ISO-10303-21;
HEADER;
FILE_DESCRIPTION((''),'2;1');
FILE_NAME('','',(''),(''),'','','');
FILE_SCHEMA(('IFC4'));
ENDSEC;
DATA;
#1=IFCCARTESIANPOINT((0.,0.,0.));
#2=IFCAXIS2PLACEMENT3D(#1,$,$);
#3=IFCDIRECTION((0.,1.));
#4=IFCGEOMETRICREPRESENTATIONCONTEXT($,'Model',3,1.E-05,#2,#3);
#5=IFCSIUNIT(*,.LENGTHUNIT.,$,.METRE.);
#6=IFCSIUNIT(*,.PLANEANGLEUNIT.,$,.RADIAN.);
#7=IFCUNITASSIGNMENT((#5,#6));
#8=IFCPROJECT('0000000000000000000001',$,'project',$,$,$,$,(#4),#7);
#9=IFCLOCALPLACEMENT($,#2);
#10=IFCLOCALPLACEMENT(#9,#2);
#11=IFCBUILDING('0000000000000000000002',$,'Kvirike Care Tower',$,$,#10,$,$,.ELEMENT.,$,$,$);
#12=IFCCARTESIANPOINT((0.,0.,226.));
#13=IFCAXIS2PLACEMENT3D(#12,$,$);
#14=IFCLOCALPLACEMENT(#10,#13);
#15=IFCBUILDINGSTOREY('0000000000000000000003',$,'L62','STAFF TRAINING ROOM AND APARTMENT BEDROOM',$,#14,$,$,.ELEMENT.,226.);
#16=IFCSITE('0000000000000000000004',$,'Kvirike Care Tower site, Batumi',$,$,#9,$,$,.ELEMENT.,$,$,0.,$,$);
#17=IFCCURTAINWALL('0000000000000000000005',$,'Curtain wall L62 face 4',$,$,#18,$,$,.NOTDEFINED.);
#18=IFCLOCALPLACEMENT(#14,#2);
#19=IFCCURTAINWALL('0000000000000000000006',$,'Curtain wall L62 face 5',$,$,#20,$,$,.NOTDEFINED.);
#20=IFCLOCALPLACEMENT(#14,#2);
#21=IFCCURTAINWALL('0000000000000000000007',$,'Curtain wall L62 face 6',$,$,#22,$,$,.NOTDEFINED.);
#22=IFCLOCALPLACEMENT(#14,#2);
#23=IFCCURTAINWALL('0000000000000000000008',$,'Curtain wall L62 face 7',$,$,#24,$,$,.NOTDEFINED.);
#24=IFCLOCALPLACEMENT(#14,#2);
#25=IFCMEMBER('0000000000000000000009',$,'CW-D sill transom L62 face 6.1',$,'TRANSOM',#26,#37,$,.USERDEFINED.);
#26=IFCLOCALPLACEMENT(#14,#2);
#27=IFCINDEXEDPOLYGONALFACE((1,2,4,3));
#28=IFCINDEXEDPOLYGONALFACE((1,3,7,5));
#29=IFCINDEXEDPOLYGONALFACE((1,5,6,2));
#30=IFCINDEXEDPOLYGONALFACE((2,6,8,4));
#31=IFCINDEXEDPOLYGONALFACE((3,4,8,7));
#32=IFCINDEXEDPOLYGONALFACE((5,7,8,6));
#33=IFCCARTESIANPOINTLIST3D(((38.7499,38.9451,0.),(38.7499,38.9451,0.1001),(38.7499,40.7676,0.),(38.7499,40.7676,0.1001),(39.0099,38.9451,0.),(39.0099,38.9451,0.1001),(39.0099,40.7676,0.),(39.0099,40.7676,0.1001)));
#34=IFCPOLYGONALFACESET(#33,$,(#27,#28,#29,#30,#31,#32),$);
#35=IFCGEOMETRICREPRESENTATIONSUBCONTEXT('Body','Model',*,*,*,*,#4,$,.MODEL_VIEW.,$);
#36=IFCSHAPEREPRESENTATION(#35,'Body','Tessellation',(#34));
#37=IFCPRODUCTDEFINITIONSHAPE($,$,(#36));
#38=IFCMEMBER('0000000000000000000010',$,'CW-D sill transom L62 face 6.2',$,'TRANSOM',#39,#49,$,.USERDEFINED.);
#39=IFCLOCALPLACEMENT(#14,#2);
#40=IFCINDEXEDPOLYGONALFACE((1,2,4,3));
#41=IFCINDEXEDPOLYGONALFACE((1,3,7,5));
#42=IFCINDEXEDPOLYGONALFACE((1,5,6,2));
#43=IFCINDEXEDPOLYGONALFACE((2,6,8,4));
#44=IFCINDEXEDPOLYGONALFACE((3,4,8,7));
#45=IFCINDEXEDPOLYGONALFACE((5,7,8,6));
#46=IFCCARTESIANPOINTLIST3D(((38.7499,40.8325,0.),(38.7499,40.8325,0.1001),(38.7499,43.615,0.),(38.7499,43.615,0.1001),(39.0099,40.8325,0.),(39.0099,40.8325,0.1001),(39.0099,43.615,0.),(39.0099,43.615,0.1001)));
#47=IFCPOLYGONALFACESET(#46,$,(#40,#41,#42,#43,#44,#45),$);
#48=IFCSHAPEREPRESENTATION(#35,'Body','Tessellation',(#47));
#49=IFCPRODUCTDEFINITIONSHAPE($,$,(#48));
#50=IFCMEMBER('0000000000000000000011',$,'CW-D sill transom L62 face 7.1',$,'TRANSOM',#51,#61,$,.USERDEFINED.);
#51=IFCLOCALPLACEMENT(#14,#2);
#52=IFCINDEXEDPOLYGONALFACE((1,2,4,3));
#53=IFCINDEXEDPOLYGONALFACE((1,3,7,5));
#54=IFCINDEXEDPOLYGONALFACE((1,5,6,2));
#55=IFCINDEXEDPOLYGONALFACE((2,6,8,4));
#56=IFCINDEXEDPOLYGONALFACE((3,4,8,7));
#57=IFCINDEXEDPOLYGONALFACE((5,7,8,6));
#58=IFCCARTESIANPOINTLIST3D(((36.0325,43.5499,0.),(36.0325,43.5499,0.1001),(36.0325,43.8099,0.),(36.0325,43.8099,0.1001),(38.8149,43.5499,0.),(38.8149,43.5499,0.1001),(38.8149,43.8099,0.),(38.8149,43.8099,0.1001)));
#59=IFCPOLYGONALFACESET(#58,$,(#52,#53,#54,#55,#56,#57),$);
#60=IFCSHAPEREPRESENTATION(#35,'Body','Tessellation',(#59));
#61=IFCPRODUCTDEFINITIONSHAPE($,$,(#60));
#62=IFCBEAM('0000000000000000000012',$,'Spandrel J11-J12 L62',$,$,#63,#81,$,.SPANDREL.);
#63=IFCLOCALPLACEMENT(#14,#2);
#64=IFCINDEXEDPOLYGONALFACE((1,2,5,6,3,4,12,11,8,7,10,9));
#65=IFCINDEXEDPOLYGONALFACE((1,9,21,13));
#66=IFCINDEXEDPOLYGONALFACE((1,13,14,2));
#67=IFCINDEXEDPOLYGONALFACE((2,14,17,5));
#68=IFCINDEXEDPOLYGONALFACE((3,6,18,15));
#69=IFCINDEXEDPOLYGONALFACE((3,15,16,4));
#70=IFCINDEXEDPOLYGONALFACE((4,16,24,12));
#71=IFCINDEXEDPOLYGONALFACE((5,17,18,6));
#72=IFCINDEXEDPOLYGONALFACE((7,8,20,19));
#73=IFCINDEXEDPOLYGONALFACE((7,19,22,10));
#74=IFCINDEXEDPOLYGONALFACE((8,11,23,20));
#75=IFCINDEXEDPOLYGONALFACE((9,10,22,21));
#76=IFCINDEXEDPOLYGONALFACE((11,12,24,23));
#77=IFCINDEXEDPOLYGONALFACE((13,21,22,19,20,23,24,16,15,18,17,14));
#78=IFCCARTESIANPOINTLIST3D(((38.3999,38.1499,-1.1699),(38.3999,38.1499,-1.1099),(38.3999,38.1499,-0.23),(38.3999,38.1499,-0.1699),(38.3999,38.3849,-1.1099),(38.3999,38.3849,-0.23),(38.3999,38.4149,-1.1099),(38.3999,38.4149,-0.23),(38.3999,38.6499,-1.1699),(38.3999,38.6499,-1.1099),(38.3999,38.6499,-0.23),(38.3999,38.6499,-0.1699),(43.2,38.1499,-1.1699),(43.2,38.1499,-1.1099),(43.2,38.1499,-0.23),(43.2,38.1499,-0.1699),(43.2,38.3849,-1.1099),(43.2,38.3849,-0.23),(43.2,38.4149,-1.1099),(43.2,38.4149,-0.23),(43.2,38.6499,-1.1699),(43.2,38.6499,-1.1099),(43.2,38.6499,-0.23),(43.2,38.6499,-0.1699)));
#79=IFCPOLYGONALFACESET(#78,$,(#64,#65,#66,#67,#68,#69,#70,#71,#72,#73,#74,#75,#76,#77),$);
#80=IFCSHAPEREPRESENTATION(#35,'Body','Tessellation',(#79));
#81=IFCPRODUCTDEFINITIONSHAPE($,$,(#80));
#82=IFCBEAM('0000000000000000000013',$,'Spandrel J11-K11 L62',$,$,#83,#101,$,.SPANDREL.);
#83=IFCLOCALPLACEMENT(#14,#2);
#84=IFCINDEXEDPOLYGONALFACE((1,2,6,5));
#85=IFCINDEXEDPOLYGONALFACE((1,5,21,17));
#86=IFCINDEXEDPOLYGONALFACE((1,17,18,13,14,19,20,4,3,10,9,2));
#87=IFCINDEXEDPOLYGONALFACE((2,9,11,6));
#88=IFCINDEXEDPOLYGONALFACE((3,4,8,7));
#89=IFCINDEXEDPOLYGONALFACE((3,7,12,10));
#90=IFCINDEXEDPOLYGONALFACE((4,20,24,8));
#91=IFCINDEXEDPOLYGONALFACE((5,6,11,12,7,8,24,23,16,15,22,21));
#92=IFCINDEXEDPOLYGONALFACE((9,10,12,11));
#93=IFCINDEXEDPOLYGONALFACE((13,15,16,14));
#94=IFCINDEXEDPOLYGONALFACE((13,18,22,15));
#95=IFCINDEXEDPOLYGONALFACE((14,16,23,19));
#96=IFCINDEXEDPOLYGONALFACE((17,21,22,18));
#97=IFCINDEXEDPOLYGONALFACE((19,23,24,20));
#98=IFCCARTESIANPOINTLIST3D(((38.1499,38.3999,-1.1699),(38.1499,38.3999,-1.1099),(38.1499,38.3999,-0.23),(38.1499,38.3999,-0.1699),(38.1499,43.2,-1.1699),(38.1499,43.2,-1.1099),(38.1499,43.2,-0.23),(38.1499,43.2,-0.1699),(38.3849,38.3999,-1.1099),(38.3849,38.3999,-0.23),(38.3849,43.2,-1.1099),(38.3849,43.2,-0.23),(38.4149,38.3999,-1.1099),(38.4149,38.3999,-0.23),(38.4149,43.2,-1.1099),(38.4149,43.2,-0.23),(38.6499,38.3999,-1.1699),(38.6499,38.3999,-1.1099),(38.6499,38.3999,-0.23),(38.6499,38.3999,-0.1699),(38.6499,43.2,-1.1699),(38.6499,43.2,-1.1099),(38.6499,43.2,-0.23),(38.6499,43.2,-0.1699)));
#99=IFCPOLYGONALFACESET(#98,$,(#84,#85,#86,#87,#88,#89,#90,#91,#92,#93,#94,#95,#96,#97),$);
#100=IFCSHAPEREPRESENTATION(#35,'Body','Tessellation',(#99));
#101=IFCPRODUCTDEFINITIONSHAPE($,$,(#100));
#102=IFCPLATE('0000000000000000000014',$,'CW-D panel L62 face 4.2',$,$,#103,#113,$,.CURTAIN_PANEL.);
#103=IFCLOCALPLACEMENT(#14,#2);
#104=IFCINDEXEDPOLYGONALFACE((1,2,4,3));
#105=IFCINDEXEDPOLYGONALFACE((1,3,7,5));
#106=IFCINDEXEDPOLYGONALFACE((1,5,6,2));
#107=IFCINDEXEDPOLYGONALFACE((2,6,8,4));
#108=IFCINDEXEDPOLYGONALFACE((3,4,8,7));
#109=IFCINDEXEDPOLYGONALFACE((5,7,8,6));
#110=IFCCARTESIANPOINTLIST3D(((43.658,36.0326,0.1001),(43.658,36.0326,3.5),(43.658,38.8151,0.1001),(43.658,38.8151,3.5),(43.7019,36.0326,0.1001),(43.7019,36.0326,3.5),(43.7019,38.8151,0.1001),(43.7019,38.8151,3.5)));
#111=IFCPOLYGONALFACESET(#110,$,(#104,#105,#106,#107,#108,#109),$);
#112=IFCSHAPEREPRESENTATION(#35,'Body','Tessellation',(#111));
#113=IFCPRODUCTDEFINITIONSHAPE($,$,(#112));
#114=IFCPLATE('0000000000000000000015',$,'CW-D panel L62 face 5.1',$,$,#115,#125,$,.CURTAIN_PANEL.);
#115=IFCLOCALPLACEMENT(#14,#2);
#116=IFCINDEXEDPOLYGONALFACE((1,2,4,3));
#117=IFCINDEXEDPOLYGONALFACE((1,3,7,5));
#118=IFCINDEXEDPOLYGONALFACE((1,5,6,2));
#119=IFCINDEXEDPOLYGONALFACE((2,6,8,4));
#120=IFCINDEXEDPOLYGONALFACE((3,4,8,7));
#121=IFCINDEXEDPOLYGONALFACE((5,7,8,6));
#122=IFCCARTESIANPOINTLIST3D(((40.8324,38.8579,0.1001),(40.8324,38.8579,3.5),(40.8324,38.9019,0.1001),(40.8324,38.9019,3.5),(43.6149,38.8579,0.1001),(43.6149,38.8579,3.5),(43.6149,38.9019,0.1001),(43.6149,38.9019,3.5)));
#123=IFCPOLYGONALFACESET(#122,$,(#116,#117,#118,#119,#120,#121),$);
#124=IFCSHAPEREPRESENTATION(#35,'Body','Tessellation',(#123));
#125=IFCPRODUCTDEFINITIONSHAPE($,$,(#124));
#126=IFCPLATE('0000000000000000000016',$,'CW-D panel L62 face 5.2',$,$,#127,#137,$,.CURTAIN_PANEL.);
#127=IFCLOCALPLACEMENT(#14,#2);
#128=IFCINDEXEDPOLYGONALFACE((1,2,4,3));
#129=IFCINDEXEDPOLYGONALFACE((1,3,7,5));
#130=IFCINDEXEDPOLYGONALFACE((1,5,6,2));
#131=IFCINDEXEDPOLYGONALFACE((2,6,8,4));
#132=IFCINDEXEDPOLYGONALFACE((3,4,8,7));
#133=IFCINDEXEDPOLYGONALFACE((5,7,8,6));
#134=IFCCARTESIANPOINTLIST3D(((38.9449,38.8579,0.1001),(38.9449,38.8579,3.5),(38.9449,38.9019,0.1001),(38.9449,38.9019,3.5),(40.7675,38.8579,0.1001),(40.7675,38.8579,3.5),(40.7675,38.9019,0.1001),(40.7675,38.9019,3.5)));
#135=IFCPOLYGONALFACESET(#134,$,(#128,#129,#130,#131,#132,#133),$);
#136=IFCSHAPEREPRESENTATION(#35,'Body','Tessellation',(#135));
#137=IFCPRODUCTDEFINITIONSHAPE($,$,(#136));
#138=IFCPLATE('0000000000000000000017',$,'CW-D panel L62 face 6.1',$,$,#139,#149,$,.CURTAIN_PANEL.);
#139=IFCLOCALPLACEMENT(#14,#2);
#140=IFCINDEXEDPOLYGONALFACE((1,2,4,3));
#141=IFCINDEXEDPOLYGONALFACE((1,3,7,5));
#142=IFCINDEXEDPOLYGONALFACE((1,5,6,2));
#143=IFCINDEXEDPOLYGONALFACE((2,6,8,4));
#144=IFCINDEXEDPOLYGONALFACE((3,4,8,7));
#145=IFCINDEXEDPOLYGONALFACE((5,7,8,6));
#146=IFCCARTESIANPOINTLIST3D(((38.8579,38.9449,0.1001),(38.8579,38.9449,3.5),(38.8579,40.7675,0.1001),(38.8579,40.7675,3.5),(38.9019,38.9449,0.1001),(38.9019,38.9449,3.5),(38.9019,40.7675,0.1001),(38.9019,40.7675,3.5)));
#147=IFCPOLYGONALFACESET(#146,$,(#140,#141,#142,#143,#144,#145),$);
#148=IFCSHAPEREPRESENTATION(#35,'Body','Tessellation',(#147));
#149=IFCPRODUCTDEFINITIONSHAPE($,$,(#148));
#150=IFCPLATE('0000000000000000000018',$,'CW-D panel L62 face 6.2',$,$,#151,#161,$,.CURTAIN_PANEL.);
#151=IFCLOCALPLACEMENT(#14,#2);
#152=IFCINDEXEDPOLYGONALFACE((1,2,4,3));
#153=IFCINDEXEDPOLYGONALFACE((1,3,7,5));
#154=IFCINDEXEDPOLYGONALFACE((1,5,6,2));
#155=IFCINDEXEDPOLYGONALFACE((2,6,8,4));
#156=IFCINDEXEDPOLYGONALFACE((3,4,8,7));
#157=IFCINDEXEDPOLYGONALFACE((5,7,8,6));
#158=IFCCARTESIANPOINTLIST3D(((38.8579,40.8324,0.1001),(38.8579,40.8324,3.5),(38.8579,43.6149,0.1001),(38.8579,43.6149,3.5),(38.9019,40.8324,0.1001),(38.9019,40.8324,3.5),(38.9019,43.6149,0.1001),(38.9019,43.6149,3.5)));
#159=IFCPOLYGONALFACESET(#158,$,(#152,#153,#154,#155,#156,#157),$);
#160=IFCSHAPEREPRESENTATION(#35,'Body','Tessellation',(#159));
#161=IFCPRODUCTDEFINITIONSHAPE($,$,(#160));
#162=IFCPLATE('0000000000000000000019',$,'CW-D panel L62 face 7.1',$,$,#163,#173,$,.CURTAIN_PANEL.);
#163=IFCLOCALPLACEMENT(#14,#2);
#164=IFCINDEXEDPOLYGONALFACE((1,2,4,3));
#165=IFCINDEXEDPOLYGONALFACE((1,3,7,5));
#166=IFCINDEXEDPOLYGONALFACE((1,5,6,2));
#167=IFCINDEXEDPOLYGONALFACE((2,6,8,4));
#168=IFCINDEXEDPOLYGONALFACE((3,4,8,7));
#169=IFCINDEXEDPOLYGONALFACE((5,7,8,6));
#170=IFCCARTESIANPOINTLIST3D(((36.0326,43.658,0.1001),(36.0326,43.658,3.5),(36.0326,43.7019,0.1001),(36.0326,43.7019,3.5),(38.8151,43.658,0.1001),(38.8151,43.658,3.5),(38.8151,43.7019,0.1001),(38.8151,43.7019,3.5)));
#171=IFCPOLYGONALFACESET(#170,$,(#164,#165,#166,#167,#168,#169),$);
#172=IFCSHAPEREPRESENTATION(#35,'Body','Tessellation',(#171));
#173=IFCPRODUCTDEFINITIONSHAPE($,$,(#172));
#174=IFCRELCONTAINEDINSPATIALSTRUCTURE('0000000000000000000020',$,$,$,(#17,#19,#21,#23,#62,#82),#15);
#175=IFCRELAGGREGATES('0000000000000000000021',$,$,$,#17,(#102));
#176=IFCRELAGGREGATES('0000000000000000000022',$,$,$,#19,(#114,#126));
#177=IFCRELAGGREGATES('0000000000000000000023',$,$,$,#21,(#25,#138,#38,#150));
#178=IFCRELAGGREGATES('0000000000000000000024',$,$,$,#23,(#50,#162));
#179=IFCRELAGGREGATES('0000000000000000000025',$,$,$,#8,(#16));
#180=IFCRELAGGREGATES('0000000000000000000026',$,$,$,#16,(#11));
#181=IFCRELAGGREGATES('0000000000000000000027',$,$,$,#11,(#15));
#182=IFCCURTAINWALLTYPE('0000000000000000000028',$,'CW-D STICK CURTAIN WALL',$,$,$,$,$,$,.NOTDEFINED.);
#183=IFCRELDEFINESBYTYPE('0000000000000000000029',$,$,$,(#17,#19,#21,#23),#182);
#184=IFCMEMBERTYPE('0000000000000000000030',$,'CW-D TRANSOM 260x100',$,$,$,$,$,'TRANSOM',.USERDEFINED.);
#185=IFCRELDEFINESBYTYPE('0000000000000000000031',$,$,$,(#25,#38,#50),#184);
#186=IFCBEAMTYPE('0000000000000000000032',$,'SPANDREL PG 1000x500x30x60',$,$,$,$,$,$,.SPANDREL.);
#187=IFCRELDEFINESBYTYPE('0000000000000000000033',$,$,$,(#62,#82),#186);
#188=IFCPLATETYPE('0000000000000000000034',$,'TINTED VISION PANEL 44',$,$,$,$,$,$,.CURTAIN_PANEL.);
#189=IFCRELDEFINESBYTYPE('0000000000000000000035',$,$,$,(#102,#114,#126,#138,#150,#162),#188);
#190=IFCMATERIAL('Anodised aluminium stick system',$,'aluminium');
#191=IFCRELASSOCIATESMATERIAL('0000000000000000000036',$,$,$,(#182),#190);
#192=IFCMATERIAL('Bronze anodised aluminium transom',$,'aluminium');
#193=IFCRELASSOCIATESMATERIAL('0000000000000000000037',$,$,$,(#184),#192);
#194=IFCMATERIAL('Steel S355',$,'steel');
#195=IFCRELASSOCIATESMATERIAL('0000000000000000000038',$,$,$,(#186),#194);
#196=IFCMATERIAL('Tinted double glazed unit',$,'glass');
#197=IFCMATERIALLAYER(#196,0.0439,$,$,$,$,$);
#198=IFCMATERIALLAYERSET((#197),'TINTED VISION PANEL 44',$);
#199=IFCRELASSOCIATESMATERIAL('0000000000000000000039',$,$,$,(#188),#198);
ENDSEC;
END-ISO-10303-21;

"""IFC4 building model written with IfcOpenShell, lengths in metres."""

from ifc_helpers import new_model, si_unit, direction, frame, origin, origin_2d, place, context, subcontext, project, spatial, rectangle, i_section, extrude, material, layer, layer_set, material_profile, profile_set, type_object, element, aggregate, save


model = new_model("IFC4")

# Units and contexts
model_context = context("Model", 3, precision=1e-05, world=origin(), true_north=direction((0.0, 1.0)))
body_context = subcontext(model_context, "Body", "Model", "MODEL_VIEW")
ifc_project = project(units=[si_unit("LENGTHUNIT", "METRE"), si_unit("PLANEANGLEUNIT", "RADIAN")], contexts=[model_context])

# Site, building, storey
site_placement = place(None, origin())
site = spatial("IfcSite", under=ifc_project, at=site_placement, Name="Kvirike Care Tower site, Batumi", CompositionType="ELEMENT", RefElevation=0.0)
building_placement = place(site_placement, origin())
building = spatial("IfcBuilding", under=site, at=building_placement, Name="Kvirike Care Tower", CompositionType="ELEMENT")
storey_placement = place(building_placement, frame((0.0, 0.0, 226.0)))
storey = spatial("IfcBuildingStorey", under=building, at=storey_placement, Name="L62", Description="STAFF TRAINING ROOM AND APARTMENT BEDROOM", CompositionType="ELEMENT", Elevation=226.0)

# Curtain wall
ifc_material_1 = material(Name="Anodised aluminium stick system", Category="aluminium")
curtain_wall_type = type_object("IfcCurtainWallType", Name="CW-D STICK CURTAIN WALL", PredefinedType="NOTDEFINED", material=ifc_material_1)
curtain_wall_1_placement = place(storey_placement, origin())
curtain_wall_1 = element("IfcCurtainWall", 1, at=curtain_wall_1_placement, inside=storey, type_object=curtain_wall_type, Name="Curtain wall L62 face 4", PredefinedType="NOTDEFINED")

# Curtain walls
curtain_wall_2_placement = place(storey_placement, origin())
curtain_wall_2 = element("IfcCurtainWall", 2, at=curtain_wall_2_placement, inside=storey, type_object=curtain_wall_type, Name="Curtain wall L62 face 5", PredefinedType="NOTDEFINED")
curtain_wall_3_placement = place(storey_placement, origin())
curtain_wall_3 = element("IfcCurtainWall", 3, at=curtain_wall_3_placement, inside=storey, type_object=curtain_wall_type, Name="Curtain wall L62 face 6", PredefinedType="NOTDEFINED")
curtain_wall_4_placement = place(storey_placement, origin())
curtain_wall_4 = element("IfcCurtainWall", 4, at=curtain_wall_4_placement, inside=storey, type_object=curtain_wall_type, Name="Curtain wall L62 face 7", PredefinedType="NOTDEFINED")

# Members
ifc_material_2 = material(Name="Bronze anodised aluminium transom", Category="aluminium")
ifc_material_profile_1 = material_profile(ifc_material_2, rectangle(XDim=0.26, YDim=0.1001, at=origin_2d()), Name="CW-D TRANSOM 260x100")
ifc_profile_set_1 = profile_set([ifc_material_profile_1], Name="Bronze anodised aluminium transom")
member_type_1 = type_object("IfcMemberType", Name="CW-D TRANSOM 260x100", ElementType="TRANSOM", PredefinedType="USERDEFINED", material=ifc_profile_set_1)
member_1_placement = place(storey_placement, frame((38.8799, 38.9451, 0.05), z_axis=(0.0, 1.0, 0.0), x_axis=(-1.0, 0.0, 0.0)))
member_1 = element("IfcMember", 5, at=member_1_placement, type_object=member_type_1, Name="CW-D sill transom L62 face 6.1", ObjectType="TRANSOM", PredefinedType="USERDEFINED", context=body_context, shape_type="SweptSolid", body=[
    extrude(rectangle(XDim=0.26, YDim=0.1001, at=origin_2d()), origin(), (0.0, 0.0, 1.0), 1.8225),
])
member_2_placement = place(storey_placement, frame((38.8799, 40.8325, 0.05), z_axis=(0.0, 1.0, 0.0), x_axis=(-1.0, 0.0, 0.0)))
member_2 = element("IfcMember", 6, at=member_2_placement, type_object=member_type_1, Name="CW-D sill transom L62 face 6.2", ObjectType="TRANSOM", PredefinedType="USERDEFINED", context=body_context, shape_type="SweptSolid", body=[
    extrude(rectangle(XDim=0.26, YDim=0.1001, at=origin_2d()), origin(), (0.0, 0.0, 1.0), 2.7825),
])
member_3_placement = place(storey_placement, frame((38.8149, 43.6799, 0.05), z_axis=(-1.0, 0.0, 0.0), x_axis=(0.0, -1.0, 0.0)))
member_3 = element("IfcMember", 7, at=member_3_placement, type_object=member_type_1, Name="CW-D sill transom L62 face 7.1", ObjectType="TRANSOM", PredefinedType="USERDEFINED", context=body_context, shape_type="SweptSolid", body=[
    extrude(rectangle(XDim=0.26, YDim=0.1001, at=origin_2d()), origin(), (0.0, 0.0, 1.0), 2.7825),
])

# Beams
ifc_material_3 = material(Name="Steel S355", Category="steel")
ifc_material_profile_2 = material_profile(ifc_material_3, i_section(OverallWidth=0.5, OverallDepth=1.0, WebThickness=0.03, FlangeThickness=0.0601, at=origin_2d()), Name="PG 1000x500x30x60")
ifc_profile_set_2 = profile_set([ifc_material_profile_2], Name="Steel S355")
beam_type = type_object("IfcBeamType", Name="SPANDREL PG 1000x500x30x60", PredefinedType="SPANDREL", material=ifc_profile_set_2)
for number, where, z_axis, x_axis, name in (
    (8, (38.3999, 38.3999, -0.6699), (1.0, 0.0, 0.0), (0.0, 1.0, 0.0), "Spandrel J11-J12 L62"),
    (9, (38.3999, 38.3999, -0.6699), (0.0, 1.0, 0.0), (-1.0, 0.0, 0.0), "Spandrel J11-K11 L62"),
):
    element("IfcBeam", number, at=place(storey_placement, frame(where, z_axis=z_axis, x_axis=x_axis)), inside=storey, type_object=beam_type, Name=name, PredefinedType="SPANDREL", context=body_context, shape_type="SweptSolid", body=[
        extrude(i_section(OverallWidth=0.5, OverallDepth=1.0, WebThickness=0.03, FlangeThickness=0.0601, at=origin_2d()), origin(), (0.0, 0.0, 1.0), 4.8),
    ])

# Plates
ifc_material_4 = material(Name="Tinted double glazed unit", Category="glass")
ifc_layer_1 = layer(ifc_material_4, 0.0439)
ifc_layer_set_1 = layer_set([ifc_layer_1], Name="TINTED VISION PANEL 44")
plate_type = type_object("IfcPlateType", Name="TINTED VISION PANEL 44", PredefinedType="CURTAIN_PANEL", material=ifc_layer_set_1)
plate_1_placement = place(storey_placement, frame((43.6799, 37.4238, 0.1001), z_axis=(0.0, 0.0, 1.0), x_axis=(0.0, 1.0, 0.0)))
plate_1 = element("IfcPlate", 10, at=plate_1_placement, type_object=plate_type, Name="CW-D panel L62 face 4.2", PredefinedType="CURTAIN_PANEL", context=body_context, shape_type="SweptSolid", body=[
    extrude(rectangle(XDim=2.7825, YDim=0.0439, at=origin_2d()), origin(), (0.0, 0.0, 1.0), 3.3999),
])
aggregate(curtain_wall_1, [plate_1])
plate_2_placement = place(storey_placement, frame((42.2236, 38.8799, 0.1001), z_axis=(0.0, 0.0, 1.0), x_axis=(-1.0, 0.0, 0.0)))
plate_2 = element("IfcPlate", 11, at=plate_2_placement, type_object=plate_type, Name="CW-D panel L62 face 5.1", PredefinedType="CURTAIN_PANEL", context=body_context, shape_type="SweptSolid", body=[
    extrude(rectangle(XDim=2.7825, YDim=0.0439, at=origin_2d()), origin(), (0.0, 0.0, 1.0), 3.3999),
])
plate_3_placement = place(storey_placement, frame((39.8562, 38.8799, 0.1001), z_axis=(0.0, 0.0, 1.0), x_axis=(-1.0, 0.0, 0.0)))
plate_3 = element("IfcPlate", 12, at=plate_3_placement, type_object=plate_type, Name="CW-D panel L62 face 5.2", PredefinedType="CURTAIN_PANEL", context=body_context, shape_type="SweptSolid", body=[
    extrude(rectangle(XDim=1.8225, YDim=0.0439, at=origin_2d()), origin(), (0.0, 0.0, 1.0), 3.3999),
])
aggregate(curtain_wall_2, [plate_2, plate_3])
plate_4_placement = place(storey_placement, frame((38.8799, 39.8562, 0.1001), z_axis=(0.0, 0.0, 1.0), x_axis=(0.0, 1.0, 0.0)))
plate_4 = element("IfcPlate", 13, at=plate_4_placement, type_object=plate_type, Name="CW-D panel L62 face 6.1", PredefinedType="CURTAIN_PANEL", context=body_context, shape_type="SweptSolid", body=[
    extrude(rectangle(XDim=1.8225, YDim=0.0439, at=origin_2d()), origin(), (0.0, 0.0, 1.0), 3.3999),
])
plate_5_placement = place(storey_placement, frame((38.8799, 42.2236, 0.1001), z_axis=(0.0, 0.0, 1.0), x_axis=(0.0, 1.0, 0.0)))
plate_5 = element("IfcPlate", 14, at=plate_5_placement, type_object=plate_type, Name="CW-D panel L62 face 6.2", PredefinedType="CURTAIN_PANEL", context=body_context, shape_type="SweptSolid", body=[
    extrude(rectangle(XDim=2.7825, YDim=0.0439, at=origin_2d()), origin(), (0.0, 0.0, 1.0), 3.3999),
])
aggregate(curtain_wall_3, [member_1, plate_4, member_2, plate_5])
plate_6_placement = place(storey_placement, frame((37.4238, 43.6799, 0.1001), z_axis=(0.0, 0.0, 1.0), x_axis=(-1.0, 0.0, 0.0)))
plate_6 = element("IfcPlate", 15, at=plate_6_placement, type_object=plate_type, Name="CW-D panel L62 face 7.1", PredefinedType="CURTAIN_PANEL", context=body_context, shape_type="SweptSolid", body=[
    extrude(rectangle(XDim=2.7825, YDim=0.0439, at=origin_2d()), origin(), (0.0, 0.0, 1.0), 3.3999),
])
aggregate(curtain_wall_4, [member_3, plate_6])

save(model, "model.ifc")
